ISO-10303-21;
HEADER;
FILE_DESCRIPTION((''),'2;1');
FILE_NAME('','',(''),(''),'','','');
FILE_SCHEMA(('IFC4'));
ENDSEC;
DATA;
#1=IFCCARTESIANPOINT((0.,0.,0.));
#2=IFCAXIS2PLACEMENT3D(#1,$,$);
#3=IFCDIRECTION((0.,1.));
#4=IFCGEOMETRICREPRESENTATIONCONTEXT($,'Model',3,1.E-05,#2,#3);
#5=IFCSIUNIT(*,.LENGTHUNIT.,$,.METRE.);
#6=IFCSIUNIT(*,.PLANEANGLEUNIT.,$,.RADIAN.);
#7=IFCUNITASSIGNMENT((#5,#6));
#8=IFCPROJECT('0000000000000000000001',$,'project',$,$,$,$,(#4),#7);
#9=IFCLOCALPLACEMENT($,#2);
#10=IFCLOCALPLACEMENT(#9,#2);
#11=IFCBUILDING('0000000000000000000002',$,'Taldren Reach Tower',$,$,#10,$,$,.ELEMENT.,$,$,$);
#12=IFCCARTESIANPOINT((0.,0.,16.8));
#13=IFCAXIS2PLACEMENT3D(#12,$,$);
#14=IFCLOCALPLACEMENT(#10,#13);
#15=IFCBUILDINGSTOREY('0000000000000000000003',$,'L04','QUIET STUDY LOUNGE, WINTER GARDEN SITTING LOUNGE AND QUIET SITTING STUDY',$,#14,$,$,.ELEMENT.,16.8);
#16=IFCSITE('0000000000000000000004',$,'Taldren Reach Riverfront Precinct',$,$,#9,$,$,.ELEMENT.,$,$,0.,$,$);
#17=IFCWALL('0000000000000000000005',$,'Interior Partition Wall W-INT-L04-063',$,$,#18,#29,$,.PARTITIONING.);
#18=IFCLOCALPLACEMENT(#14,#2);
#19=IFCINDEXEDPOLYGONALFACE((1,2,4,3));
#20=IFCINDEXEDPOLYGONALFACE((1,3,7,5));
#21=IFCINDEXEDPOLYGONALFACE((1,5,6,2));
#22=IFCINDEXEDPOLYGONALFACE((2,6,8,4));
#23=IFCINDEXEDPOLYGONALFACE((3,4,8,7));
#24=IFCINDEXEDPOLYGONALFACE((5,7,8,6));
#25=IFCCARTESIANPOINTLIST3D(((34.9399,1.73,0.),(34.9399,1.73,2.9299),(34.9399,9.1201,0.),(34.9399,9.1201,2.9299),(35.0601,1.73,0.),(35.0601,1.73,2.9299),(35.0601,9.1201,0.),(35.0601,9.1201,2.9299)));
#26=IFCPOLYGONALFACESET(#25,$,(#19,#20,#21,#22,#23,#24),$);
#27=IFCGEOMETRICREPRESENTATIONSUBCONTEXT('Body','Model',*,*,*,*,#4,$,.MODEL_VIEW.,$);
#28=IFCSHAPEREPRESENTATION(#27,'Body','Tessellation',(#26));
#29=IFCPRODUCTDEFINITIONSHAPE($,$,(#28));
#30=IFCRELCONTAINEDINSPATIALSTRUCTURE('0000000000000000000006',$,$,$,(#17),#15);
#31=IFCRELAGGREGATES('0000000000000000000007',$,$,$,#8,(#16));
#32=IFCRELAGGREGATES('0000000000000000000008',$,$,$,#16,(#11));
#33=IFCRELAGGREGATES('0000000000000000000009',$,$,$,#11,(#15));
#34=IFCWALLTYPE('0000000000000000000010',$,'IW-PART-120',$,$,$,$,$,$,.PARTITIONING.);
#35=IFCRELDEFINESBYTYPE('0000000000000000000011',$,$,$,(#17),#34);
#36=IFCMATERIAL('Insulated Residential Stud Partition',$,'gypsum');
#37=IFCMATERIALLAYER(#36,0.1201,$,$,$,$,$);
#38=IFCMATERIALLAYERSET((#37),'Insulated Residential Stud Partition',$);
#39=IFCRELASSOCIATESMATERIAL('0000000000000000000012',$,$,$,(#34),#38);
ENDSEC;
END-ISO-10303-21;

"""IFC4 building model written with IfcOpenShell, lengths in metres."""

from ifc_helpers import new_model, si_unit, direction, frame, frame_2d, origin, place, context, subcontext, project, spatial, rectangle, extrude, source, transform, mapped, material, layer, layer_set, type_object, element, save


model = new_model("IFC4")

# Units and contexts
model_context = context("Model", 3, precision=1e-05, world=origin(), true_north=direction((0.0, 1.0)))
body_context = subcontext(model_context, "Body", "Model", "MODEL_VIEW")
ifc_project = project(units=[si_unit("LENGTHUNIT", "METRE"), si_unit("PLANEANGLEUNIT", "RADIAN")], contexts=[model_context])

# Site, building, storey
site_placement = place(None, origin())
site = spatial("IfcSite", under=ifc_project, at=site_placement, Name="Taldren Reach Riverfront Precinct", CompositionType="ELEMENT", RefElevation=0.0)
building_placement = place(site_placement, origin())
building = spatial("IfcBuilding", under=site, at=building_placement, Name="Taldren Reach Tower", CompositionType="ELEMENT")
storey_placement = place(building_placement, frame((0.0, 0.0, 16.8)))
storey = spatial("IfcBuildingStorey", under=building, at=storey_placement, Name="L04", Description="QUIET STUDY LOUNGE, WINTER GARDEN SITTING LOUNGE AND QUIET SITTING STUDY", CompositionType="ELEMENT", Elevation=16.8)

# Wall
ifc_material_1 = material(Name="Insulated Residential Stud Partition", Category="gypsum")
ifc_layer_1 = layer(ifc_material_1, 0.1201)
ifc_layer_set_1 = layer_set([ifc_layer_1], Name="Insulated Residential Stud Partition")
wall_type_1 = type_object("IfcWallType", Name="IW-PART-120", PredefinedType="PARTITIONING", material=ifc_layer_set_1)
shared_shape_1 = source(origin(), body_context, "Body", "SweptSolid", [
    extrude(rectangle(XDim=7.3901, YDim=0.1201, at=frame_2d((3.6951, 0.0))), origin(), (0.0, 0.0, 1.0), 2.9299),
])
wall_1_placement = place(storey_placement, frame((35.0, 9.1201, 0.0), z_axis=(0.0, 0.0, 1.0), x_axis=(0.0, -1.0, 0.0)))
element("IfcWall", 1, at=wall_1_placement, inside=storey, type_object=wall_type_1, Name="Interior Partition Wall W-INT-L04-063", PredefinedType="PARTITIONING", context=body_context, shape_type="MappedRepresentation", body=[
    mapped(shared_shape_1, transform((0.0, 0.0, 0.0), scale=1.0)),
])

save(model, "model.ifc")
